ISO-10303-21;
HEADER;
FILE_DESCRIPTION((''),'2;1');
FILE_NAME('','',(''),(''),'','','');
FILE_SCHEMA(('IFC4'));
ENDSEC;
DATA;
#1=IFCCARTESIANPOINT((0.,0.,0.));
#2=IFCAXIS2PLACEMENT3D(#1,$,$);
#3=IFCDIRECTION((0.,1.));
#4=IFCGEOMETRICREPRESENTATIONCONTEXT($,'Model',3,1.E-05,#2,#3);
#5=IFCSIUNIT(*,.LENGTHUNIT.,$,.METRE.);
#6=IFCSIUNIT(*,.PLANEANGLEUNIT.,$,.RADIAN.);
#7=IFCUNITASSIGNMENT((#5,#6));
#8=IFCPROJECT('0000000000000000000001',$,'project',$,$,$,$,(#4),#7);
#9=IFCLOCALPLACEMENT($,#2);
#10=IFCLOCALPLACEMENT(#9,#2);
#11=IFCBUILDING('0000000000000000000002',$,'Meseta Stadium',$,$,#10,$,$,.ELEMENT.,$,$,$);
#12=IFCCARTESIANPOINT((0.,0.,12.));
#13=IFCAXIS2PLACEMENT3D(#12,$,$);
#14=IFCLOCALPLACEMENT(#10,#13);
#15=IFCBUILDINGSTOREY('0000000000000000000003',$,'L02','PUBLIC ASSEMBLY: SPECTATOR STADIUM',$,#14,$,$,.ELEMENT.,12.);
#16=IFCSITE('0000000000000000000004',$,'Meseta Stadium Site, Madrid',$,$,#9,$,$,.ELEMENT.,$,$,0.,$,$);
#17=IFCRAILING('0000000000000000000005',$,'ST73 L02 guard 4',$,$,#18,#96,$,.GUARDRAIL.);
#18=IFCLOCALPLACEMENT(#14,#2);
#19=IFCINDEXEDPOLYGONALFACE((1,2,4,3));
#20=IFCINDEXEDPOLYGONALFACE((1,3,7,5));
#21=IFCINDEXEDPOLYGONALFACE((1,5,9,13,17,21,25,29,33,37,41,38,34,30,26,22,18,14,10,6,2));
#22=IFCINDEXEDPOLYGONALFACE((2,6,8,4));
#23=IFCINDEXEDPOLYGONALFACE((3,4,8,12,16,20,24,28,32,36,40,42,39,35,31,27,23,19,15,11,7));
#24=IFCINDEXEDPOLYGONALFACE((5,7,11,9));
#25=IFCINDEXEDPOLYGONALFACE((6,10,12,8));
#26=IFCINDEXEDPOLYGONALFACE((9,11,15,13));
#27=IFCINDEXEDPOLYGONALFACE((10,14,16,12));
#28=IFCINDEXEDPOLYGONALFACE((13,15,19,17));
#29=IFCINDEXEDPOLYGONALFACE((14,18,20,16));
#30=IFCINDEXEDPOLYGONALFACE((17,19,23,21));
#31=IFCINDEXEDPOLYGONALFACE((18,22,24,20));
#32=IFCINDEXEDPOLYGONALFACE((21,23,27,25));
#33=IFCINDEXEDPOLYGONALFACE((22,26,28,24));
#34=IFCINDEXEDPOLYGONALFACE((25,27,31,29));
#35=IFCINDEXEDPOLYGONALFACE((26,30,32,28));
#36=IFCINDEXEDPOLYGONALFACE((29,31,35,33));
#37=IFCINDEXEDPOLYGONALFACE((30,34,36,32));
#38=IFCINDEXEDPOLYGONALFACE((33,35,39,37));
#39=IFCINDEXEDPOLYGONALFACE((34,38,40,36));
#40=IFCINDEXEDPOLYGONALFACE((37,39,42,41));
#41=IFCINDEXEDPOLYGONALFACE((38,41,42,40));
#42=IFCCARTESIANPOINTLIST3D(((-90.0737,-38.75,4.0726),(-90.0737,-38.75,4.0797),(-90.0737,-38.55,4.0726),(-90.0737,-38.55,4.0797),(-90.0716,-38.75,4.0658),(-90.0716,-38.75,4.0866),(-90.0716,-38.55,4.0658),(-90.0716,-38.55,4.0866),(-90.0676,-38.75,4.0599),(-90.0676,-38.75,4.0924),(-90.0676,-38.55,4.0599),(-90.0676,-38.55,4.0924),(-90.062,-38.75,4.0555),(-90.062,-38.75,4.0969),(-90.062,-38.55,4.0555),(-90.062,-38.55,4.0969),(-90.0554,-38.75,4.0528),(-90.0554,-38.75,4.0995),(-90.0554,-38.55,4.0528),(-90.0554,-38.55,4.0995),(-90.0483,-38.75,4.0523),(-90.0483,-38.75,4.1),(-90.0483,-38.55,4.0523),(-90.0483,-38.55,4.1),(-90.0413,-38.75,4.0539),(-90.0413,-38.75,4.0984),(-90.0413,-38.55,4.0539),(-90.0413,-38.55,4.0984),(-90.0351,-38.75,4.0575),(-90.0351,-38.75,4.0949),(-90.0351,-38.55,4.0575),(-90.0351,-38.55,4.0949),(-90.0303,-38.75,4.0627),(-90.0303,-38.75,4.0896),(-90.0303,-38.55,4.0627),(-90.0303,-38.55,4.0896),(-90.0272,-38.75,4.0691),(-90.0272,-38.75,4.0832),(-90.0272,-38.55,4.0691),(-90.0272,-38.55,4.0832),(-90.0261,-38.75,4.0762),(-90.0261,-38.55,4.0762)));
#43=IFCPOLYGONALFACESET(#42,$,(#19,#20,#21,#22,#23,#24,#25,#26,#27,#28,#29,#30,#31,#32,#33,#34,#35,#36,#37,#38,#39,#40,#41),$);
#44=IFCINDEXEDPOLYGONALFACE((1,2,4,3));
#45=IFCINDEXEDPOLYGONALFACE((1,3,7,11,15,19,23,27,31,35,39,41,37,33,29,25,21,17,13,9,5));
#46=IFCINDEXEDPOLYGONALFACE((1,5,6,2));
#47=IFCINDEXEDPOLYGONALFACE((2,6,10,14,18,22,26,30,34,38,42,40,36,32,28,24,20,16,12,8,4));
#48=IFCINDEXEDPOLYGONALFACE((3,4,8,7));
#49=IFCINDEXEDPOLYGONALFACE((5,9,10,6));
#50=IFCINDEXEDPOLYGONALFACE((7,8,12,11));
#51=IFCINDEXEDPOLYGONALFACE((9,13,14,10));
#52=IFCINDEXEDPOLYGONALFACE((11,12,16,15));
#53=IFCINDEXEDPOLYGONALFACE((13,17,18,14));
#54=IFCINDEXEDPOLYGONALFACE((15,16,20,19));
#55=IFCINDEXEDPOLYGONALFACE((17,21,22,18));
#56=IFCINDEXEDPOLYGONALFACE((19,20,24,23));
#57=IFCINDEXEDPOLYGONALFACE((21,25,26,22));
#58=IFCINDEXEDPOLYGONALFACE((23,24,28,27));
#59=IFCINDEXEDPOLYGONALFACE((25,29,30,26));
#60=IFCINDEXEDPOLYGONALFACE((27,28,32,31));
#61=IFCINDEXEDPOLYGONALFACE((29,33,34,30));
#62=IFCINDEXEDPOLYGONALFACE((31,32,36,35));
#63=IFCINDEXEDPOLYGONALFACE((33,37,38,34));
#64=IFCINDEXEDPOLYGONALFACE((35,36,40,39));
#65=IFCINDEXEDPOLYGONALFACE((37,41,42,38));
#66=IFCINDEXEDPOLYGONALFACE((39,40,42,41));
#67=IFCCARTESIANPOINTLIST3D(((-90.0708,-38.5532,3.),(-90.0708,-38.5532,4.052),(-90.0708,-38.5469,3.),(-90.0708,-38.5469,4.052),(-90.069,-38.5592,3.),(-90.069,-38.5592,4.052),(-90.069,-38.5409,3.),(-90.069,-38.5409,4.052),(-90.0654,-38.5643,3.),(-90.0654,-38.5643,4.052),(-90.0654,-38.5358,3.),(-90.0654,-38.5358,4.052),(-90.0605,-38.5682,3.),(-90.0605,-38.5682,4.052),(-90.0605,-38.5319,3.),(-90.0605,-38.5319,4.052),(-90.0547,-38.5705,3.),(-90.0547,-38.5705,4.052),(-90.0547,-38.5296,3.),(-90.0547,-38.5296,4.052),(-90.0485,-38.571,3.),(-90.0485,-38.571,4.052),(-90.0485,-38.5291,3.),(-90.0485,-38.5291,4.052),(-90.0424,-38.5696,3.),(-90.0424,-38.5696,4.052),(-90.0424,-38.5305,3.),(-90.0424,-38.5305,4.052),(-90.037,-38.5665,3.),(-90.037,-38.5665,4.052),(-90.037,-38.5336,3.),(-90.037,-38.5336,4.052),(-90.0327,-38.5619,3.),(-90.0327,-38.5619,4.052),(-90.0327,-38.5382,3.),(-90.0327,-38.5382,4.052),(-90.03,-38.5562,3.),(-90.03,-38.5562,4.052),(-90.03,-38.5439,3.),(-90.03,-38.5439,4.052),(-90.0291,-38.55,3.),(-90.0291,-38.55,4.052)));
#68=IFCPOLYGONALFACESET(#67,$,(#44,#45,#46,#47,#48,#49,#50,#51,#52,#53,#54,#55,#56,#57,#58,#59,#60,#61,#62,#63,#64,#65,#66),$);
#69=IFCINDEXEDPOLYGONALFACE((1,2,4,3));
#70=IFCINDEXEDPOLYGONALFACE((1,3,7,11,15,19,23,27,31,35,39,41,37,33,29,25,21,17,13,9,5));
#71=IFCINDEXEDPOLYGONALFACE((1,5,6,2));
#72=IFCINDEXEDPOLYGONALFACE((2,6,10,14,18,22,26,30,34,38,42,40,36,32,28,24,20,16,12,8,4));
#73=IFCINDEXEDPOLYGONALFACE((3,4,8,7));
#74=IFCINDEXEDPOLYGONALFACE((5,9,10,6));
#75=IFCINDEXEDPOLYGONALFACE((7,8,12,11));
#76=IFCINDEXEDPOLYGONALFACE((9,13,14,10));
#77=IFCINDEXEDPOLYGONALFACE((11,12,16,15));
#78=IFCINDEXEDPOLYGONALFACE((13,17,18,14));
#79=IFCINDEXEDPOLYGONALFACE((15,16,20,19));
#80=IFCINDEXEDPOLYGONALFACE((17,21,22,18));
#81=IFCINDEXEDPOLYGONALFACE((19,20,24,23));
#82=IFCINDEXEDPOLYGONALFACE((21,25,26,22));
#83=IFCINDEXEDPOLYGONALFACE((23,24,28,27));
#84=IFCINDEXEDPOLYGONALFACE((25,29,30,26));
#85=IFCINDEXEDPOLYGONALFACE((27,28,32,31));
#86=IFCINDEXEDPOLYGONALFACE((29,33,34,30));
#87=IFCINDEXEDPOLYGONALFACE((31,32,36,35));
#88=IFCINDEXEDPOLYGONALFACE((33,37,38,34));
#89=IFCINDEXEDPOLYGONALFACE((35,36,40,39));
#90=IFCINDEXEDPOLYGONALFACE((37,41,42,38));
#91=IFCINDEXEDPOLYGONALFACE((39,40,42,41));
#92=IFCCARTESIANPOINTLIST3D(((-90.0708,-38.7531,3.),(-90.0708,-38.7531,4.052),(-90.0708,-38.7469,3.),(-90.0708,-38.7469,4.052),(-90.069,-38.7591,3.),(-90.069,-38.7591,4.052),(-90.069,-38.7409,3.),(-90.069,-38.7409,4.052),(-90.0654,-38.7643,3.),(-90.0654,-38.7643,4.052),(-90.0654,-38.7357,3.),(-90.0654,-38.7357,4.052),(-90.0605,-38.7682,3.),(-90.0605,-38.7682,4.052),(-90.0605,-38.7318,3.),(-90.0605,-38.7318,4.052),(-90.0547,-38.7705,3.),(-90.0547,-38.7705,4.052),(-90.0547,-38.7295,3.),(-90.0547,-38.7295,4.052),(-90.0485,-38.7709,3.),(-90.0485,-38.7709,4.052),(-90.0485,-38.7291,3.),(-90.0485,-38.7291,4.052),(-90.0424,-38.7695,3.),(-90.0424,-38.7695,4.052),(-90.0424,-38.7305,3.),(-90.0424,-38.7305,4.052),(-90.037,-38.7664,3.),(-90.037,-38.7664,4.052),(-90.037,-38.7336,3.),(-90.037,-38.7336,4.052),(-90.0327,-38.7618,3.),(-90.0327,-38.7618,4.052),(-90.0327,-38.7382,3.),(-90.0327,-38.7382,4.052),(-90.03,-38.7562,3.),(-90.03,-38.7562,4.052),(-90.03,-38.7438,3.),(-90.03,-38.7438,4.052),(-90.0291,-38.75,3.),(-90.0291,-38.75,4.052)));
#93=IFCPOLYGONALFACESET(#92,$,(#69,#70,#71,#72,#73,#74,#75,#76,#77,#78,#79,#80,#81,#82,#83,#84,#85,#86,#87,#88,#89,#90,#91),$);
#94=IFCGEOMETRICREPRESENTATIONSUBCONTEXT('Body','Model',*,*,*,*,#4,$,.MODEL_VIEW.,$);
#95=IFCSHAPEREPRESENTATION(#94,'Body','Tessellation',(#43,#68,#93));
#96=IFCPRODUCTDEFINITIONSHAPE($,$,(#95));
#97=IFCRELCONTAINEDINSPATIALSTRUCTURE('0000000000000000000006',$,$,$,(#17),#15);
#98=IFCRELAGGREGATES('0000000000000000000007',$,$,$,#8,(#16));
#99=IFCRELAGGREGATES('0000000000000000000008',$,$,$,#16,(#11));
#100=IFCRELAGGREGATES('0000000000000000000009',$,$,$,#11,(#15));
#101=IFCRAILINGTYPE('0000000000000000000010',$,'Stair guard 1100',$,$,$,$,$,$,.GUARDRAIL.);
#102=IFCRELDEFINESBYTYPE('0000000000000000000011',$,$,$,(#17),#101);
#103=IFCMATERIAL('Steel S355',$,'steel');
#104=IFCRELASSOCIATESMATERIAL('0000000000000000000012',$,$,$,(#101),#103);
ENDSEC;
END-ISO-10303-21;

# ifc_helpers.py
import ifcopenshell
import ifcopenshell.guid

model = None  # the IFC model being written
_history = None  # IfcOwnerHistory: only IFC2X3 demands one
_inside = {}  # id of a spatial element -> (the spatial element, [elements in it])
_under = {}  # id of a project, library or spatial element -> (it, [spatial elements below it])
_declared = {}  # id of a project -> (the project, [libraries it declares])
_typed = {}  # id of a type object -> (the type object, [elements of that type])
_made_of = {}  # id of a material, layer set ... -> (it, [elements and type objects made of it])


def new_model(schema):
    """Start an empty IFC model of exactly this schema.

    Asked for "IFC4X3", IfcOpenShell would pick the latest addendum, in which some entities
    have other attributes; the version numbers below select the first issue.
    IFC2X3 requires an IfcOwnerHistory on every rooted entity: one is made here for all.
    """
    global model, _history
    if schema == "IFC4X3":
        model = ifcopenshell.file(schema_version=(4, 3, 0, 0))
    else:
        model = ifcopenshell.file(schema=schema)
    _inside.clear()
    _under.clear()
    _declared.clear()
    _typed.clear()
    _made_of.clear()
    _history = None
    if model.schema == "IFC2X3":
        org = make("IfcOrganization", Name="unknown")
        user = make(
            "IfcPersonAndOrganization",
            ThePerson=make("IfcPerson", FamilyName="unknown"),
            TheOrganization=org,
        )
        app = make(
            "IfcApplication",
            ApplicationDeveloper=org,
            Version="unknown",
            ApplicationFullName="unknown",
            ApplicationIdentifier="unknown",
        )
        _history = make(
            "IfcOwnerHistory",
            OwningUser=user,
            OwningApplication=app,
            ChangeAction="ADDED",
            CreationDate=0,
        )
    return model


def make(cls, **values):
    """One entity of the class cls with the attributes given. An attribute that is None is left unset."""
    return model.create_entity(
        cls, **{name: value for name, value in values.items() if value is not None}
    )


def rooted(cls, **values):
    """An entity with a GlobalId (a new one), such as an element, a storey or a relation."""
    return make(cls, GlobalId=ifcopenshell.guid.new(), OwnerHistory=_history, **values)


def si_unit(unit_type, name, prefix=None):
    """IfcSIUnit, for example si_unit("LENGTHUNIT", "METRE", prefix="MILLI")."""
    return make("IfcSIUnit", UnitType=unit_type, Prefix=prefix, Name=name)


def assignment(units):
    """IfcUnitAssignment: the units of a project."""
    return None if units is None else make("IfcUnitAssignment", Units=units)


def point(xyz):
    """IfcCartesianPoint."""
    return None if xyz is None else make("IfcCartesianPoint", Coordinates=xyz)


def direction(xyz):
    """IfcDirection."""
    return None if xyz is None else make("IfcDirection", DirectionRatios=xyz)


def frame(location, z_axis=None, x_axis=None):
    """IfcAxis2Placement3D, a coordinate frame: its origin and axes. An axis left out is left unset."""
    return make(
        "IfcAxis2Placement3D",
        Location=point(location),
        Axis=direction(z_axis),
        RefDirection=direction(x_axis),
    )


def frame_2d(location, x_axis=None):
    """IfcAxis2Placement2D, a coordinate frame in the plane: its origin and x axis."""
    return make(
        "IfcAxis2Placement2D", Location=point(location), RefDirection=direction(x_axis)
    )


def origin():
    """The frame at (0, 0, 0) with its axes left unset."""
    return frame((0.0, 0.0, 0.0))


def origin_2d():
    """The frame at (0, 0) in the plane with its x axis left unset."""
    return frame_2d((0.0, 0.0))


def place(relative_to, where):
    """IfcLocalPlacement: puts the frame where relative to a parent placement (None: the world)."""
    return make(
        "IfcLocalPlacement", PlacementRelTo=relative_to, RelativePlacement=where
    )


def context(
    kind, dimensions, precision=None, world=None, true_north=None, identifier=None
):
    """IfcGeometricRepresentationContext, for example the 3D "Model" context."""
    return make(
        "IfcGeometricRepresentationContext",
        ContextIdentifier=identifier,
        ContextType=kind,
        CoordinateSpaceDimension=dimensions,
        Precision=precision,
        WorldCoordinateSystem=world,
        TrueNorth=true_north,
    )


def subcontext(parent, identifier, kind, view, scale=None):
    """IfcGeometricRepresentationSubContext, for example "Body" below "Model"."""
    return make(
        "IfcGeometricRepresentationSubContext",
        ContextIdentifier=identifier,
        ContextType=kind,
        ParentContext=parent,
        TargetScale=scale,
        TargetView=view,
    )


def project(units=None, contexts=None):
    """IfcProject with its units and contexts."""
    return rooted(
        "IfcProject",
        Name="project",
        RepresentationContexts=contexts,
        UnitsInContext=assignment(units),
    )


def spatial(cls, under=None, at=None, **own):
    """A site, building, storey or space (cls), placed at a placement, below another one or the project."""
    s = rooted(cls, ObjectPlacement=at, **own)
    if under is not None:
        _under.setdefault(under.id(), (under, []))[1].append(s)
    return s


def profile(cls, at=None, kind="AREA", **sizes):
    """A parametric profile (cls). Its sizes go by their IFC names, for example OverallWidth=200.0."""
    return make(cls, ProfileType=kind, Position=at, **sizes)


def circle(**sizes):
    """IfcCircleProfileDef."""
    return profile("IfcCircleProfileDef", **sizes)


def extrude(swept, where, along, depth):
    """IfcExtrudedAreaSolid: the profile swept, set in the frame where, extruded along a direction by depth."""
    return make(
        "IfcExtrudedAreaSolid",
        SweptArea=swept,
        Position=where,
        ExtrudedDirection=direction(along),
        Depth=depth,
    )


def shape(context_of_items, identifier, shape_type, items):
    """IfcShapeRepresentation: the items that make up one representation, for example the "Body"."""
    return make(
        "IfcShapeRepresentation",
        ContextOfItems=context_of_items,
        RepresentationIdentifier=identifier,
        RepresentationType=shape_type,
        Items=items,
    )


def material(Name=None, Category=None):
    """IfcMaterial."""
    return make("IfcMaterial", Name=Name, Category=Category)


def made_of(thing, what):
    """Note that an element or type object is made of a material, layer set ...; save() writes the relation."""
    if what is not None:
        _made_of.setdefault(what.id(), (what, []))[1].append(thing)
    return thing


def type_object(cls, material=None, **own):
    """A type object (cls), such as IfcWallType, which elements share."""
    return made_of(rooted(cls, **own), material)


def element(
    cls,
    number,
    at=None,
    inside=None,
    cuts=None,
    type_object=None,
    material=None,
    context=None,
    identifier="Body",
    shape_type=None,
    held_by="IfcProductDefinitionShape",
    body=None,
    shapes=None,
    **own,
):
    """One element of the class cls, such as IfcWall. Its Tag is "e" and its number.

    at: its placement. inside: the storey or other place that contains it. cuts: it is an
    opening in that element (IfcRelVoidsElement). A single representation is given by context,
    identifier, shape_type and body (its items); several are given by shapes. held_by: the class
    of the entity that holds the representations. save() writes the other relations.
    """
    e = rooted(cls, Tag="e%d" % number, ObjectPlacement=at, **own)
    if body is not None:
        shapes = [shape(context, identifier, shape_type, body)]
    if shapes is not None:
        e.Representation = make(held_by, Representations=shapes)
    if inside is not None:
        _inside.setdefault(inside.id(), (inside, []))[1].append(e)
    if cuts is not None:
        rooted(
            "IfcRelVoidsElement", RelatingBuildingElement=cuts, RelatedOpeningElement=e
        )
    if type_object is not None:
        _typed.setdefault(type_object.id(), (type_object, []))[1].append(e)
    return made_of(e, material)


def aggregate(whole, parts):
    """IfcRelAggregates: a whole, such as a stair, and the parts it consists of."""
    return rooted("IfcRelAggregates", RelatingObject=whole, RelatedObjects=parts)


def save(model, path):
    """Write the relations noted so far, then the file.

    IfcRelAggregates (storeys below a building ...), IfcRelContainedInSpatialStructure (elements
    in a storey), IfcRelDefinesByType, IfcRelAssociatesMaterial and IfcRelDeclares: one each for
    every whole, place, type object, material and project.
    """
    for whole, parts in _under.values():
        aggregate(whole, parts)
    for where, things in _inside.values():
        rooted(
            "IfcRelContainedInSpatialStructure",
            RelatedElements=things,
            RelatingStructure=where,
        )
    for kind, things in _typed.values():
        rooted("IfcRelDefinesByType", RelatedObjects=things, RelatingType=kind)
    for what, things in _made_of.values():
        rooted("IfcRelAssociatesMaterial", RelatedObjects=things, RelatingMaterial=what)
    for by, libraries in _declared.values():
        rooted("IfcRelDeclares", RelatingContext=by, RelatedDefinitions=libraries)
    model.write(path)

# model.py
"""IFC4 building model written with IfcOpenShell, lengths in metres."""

from ifc_helpers import new_model, si_unit, direction, frame, origin, origin_2d, place, context, subcontext, project, spatial, circle, extrude, material, type_object, element, save


model = new_model("IFC4")

# Units and contexts
model_context = context("Model", 3, precision=1e-05, world=origin(), true_north=direction((0.0, 1.0)))
body_context = subcontext(model_context, "Body", "Model", "MODEL_VIEW")
ifc_project = project(units=[si_unit("LENGTHUNIT", "METRE"), si_unit("PLANEANGLEUNIT", "RADIAN")], contexts=[model_context])

# Site, building, storey
site_placement = place(None, origin())
site = spatial("IfcSite", under=ifc_project, at=site_placement, Name="Meseta Stadium Site, Madrid", CompositionType="ELEMENT", RefElevation=0.0)
building_placement = place(site_placement, origin())
building = spatial("IfcBuilding", under=site, at=building_placement, Name="Meseta Stadium", CompositionType="ELEMENT")
storey_placement = place(building_placement, frame((0.0, 0.0, 12.0)))
storey = spatial("IfcBuildingStorey", under=building, at=storey_placement, Name="L02", Description="PUBLIC ASSEMBLY: SPECTATOR STADIUM", CompositionType="ELEMENT", Elevation=12.0)

# Railing
ifc_material_1 = material(Name="Steel S355", Category="steel")
railing_type_1 = type_object("IfcRailingType", Name="Stair guard 1100", PredefinedType="GUARDRAIL", material=ifc_material_1)
railing_1_placement = place(storey_placement, frame((-90.05, -38.55, 3.0)))
element("IfcRailing", 1, at=railing_1_placement, inside=storey, type_object=railing_type_1, Name="ST73 L02 guard 4", PredefinedType="GUARDRAIL", context=body_context, shape_type="SweptSolid", body=[
    extrude(circle(Radius=0.0239, at=origin_2d()), frame((0.0, 0.0, 1.0762), z_axis=(0.0, -1.0, 0.0), x_axis=(1.0, 0.0, 0.0)), (0.0, 0.0, 1.0), 0.2),
    extrude(circle(Radius=0.021, at=origin_2d()), origin(), (0.0, 0.0, 1.0), 1.052),
    extrude(circle(Radius=0.021, at=origin_2d()), frame((0.0, -0.2, 0.0)), (0.0, 0.0, 1.0), 1.052),
])

save(model, "model.ifc")
